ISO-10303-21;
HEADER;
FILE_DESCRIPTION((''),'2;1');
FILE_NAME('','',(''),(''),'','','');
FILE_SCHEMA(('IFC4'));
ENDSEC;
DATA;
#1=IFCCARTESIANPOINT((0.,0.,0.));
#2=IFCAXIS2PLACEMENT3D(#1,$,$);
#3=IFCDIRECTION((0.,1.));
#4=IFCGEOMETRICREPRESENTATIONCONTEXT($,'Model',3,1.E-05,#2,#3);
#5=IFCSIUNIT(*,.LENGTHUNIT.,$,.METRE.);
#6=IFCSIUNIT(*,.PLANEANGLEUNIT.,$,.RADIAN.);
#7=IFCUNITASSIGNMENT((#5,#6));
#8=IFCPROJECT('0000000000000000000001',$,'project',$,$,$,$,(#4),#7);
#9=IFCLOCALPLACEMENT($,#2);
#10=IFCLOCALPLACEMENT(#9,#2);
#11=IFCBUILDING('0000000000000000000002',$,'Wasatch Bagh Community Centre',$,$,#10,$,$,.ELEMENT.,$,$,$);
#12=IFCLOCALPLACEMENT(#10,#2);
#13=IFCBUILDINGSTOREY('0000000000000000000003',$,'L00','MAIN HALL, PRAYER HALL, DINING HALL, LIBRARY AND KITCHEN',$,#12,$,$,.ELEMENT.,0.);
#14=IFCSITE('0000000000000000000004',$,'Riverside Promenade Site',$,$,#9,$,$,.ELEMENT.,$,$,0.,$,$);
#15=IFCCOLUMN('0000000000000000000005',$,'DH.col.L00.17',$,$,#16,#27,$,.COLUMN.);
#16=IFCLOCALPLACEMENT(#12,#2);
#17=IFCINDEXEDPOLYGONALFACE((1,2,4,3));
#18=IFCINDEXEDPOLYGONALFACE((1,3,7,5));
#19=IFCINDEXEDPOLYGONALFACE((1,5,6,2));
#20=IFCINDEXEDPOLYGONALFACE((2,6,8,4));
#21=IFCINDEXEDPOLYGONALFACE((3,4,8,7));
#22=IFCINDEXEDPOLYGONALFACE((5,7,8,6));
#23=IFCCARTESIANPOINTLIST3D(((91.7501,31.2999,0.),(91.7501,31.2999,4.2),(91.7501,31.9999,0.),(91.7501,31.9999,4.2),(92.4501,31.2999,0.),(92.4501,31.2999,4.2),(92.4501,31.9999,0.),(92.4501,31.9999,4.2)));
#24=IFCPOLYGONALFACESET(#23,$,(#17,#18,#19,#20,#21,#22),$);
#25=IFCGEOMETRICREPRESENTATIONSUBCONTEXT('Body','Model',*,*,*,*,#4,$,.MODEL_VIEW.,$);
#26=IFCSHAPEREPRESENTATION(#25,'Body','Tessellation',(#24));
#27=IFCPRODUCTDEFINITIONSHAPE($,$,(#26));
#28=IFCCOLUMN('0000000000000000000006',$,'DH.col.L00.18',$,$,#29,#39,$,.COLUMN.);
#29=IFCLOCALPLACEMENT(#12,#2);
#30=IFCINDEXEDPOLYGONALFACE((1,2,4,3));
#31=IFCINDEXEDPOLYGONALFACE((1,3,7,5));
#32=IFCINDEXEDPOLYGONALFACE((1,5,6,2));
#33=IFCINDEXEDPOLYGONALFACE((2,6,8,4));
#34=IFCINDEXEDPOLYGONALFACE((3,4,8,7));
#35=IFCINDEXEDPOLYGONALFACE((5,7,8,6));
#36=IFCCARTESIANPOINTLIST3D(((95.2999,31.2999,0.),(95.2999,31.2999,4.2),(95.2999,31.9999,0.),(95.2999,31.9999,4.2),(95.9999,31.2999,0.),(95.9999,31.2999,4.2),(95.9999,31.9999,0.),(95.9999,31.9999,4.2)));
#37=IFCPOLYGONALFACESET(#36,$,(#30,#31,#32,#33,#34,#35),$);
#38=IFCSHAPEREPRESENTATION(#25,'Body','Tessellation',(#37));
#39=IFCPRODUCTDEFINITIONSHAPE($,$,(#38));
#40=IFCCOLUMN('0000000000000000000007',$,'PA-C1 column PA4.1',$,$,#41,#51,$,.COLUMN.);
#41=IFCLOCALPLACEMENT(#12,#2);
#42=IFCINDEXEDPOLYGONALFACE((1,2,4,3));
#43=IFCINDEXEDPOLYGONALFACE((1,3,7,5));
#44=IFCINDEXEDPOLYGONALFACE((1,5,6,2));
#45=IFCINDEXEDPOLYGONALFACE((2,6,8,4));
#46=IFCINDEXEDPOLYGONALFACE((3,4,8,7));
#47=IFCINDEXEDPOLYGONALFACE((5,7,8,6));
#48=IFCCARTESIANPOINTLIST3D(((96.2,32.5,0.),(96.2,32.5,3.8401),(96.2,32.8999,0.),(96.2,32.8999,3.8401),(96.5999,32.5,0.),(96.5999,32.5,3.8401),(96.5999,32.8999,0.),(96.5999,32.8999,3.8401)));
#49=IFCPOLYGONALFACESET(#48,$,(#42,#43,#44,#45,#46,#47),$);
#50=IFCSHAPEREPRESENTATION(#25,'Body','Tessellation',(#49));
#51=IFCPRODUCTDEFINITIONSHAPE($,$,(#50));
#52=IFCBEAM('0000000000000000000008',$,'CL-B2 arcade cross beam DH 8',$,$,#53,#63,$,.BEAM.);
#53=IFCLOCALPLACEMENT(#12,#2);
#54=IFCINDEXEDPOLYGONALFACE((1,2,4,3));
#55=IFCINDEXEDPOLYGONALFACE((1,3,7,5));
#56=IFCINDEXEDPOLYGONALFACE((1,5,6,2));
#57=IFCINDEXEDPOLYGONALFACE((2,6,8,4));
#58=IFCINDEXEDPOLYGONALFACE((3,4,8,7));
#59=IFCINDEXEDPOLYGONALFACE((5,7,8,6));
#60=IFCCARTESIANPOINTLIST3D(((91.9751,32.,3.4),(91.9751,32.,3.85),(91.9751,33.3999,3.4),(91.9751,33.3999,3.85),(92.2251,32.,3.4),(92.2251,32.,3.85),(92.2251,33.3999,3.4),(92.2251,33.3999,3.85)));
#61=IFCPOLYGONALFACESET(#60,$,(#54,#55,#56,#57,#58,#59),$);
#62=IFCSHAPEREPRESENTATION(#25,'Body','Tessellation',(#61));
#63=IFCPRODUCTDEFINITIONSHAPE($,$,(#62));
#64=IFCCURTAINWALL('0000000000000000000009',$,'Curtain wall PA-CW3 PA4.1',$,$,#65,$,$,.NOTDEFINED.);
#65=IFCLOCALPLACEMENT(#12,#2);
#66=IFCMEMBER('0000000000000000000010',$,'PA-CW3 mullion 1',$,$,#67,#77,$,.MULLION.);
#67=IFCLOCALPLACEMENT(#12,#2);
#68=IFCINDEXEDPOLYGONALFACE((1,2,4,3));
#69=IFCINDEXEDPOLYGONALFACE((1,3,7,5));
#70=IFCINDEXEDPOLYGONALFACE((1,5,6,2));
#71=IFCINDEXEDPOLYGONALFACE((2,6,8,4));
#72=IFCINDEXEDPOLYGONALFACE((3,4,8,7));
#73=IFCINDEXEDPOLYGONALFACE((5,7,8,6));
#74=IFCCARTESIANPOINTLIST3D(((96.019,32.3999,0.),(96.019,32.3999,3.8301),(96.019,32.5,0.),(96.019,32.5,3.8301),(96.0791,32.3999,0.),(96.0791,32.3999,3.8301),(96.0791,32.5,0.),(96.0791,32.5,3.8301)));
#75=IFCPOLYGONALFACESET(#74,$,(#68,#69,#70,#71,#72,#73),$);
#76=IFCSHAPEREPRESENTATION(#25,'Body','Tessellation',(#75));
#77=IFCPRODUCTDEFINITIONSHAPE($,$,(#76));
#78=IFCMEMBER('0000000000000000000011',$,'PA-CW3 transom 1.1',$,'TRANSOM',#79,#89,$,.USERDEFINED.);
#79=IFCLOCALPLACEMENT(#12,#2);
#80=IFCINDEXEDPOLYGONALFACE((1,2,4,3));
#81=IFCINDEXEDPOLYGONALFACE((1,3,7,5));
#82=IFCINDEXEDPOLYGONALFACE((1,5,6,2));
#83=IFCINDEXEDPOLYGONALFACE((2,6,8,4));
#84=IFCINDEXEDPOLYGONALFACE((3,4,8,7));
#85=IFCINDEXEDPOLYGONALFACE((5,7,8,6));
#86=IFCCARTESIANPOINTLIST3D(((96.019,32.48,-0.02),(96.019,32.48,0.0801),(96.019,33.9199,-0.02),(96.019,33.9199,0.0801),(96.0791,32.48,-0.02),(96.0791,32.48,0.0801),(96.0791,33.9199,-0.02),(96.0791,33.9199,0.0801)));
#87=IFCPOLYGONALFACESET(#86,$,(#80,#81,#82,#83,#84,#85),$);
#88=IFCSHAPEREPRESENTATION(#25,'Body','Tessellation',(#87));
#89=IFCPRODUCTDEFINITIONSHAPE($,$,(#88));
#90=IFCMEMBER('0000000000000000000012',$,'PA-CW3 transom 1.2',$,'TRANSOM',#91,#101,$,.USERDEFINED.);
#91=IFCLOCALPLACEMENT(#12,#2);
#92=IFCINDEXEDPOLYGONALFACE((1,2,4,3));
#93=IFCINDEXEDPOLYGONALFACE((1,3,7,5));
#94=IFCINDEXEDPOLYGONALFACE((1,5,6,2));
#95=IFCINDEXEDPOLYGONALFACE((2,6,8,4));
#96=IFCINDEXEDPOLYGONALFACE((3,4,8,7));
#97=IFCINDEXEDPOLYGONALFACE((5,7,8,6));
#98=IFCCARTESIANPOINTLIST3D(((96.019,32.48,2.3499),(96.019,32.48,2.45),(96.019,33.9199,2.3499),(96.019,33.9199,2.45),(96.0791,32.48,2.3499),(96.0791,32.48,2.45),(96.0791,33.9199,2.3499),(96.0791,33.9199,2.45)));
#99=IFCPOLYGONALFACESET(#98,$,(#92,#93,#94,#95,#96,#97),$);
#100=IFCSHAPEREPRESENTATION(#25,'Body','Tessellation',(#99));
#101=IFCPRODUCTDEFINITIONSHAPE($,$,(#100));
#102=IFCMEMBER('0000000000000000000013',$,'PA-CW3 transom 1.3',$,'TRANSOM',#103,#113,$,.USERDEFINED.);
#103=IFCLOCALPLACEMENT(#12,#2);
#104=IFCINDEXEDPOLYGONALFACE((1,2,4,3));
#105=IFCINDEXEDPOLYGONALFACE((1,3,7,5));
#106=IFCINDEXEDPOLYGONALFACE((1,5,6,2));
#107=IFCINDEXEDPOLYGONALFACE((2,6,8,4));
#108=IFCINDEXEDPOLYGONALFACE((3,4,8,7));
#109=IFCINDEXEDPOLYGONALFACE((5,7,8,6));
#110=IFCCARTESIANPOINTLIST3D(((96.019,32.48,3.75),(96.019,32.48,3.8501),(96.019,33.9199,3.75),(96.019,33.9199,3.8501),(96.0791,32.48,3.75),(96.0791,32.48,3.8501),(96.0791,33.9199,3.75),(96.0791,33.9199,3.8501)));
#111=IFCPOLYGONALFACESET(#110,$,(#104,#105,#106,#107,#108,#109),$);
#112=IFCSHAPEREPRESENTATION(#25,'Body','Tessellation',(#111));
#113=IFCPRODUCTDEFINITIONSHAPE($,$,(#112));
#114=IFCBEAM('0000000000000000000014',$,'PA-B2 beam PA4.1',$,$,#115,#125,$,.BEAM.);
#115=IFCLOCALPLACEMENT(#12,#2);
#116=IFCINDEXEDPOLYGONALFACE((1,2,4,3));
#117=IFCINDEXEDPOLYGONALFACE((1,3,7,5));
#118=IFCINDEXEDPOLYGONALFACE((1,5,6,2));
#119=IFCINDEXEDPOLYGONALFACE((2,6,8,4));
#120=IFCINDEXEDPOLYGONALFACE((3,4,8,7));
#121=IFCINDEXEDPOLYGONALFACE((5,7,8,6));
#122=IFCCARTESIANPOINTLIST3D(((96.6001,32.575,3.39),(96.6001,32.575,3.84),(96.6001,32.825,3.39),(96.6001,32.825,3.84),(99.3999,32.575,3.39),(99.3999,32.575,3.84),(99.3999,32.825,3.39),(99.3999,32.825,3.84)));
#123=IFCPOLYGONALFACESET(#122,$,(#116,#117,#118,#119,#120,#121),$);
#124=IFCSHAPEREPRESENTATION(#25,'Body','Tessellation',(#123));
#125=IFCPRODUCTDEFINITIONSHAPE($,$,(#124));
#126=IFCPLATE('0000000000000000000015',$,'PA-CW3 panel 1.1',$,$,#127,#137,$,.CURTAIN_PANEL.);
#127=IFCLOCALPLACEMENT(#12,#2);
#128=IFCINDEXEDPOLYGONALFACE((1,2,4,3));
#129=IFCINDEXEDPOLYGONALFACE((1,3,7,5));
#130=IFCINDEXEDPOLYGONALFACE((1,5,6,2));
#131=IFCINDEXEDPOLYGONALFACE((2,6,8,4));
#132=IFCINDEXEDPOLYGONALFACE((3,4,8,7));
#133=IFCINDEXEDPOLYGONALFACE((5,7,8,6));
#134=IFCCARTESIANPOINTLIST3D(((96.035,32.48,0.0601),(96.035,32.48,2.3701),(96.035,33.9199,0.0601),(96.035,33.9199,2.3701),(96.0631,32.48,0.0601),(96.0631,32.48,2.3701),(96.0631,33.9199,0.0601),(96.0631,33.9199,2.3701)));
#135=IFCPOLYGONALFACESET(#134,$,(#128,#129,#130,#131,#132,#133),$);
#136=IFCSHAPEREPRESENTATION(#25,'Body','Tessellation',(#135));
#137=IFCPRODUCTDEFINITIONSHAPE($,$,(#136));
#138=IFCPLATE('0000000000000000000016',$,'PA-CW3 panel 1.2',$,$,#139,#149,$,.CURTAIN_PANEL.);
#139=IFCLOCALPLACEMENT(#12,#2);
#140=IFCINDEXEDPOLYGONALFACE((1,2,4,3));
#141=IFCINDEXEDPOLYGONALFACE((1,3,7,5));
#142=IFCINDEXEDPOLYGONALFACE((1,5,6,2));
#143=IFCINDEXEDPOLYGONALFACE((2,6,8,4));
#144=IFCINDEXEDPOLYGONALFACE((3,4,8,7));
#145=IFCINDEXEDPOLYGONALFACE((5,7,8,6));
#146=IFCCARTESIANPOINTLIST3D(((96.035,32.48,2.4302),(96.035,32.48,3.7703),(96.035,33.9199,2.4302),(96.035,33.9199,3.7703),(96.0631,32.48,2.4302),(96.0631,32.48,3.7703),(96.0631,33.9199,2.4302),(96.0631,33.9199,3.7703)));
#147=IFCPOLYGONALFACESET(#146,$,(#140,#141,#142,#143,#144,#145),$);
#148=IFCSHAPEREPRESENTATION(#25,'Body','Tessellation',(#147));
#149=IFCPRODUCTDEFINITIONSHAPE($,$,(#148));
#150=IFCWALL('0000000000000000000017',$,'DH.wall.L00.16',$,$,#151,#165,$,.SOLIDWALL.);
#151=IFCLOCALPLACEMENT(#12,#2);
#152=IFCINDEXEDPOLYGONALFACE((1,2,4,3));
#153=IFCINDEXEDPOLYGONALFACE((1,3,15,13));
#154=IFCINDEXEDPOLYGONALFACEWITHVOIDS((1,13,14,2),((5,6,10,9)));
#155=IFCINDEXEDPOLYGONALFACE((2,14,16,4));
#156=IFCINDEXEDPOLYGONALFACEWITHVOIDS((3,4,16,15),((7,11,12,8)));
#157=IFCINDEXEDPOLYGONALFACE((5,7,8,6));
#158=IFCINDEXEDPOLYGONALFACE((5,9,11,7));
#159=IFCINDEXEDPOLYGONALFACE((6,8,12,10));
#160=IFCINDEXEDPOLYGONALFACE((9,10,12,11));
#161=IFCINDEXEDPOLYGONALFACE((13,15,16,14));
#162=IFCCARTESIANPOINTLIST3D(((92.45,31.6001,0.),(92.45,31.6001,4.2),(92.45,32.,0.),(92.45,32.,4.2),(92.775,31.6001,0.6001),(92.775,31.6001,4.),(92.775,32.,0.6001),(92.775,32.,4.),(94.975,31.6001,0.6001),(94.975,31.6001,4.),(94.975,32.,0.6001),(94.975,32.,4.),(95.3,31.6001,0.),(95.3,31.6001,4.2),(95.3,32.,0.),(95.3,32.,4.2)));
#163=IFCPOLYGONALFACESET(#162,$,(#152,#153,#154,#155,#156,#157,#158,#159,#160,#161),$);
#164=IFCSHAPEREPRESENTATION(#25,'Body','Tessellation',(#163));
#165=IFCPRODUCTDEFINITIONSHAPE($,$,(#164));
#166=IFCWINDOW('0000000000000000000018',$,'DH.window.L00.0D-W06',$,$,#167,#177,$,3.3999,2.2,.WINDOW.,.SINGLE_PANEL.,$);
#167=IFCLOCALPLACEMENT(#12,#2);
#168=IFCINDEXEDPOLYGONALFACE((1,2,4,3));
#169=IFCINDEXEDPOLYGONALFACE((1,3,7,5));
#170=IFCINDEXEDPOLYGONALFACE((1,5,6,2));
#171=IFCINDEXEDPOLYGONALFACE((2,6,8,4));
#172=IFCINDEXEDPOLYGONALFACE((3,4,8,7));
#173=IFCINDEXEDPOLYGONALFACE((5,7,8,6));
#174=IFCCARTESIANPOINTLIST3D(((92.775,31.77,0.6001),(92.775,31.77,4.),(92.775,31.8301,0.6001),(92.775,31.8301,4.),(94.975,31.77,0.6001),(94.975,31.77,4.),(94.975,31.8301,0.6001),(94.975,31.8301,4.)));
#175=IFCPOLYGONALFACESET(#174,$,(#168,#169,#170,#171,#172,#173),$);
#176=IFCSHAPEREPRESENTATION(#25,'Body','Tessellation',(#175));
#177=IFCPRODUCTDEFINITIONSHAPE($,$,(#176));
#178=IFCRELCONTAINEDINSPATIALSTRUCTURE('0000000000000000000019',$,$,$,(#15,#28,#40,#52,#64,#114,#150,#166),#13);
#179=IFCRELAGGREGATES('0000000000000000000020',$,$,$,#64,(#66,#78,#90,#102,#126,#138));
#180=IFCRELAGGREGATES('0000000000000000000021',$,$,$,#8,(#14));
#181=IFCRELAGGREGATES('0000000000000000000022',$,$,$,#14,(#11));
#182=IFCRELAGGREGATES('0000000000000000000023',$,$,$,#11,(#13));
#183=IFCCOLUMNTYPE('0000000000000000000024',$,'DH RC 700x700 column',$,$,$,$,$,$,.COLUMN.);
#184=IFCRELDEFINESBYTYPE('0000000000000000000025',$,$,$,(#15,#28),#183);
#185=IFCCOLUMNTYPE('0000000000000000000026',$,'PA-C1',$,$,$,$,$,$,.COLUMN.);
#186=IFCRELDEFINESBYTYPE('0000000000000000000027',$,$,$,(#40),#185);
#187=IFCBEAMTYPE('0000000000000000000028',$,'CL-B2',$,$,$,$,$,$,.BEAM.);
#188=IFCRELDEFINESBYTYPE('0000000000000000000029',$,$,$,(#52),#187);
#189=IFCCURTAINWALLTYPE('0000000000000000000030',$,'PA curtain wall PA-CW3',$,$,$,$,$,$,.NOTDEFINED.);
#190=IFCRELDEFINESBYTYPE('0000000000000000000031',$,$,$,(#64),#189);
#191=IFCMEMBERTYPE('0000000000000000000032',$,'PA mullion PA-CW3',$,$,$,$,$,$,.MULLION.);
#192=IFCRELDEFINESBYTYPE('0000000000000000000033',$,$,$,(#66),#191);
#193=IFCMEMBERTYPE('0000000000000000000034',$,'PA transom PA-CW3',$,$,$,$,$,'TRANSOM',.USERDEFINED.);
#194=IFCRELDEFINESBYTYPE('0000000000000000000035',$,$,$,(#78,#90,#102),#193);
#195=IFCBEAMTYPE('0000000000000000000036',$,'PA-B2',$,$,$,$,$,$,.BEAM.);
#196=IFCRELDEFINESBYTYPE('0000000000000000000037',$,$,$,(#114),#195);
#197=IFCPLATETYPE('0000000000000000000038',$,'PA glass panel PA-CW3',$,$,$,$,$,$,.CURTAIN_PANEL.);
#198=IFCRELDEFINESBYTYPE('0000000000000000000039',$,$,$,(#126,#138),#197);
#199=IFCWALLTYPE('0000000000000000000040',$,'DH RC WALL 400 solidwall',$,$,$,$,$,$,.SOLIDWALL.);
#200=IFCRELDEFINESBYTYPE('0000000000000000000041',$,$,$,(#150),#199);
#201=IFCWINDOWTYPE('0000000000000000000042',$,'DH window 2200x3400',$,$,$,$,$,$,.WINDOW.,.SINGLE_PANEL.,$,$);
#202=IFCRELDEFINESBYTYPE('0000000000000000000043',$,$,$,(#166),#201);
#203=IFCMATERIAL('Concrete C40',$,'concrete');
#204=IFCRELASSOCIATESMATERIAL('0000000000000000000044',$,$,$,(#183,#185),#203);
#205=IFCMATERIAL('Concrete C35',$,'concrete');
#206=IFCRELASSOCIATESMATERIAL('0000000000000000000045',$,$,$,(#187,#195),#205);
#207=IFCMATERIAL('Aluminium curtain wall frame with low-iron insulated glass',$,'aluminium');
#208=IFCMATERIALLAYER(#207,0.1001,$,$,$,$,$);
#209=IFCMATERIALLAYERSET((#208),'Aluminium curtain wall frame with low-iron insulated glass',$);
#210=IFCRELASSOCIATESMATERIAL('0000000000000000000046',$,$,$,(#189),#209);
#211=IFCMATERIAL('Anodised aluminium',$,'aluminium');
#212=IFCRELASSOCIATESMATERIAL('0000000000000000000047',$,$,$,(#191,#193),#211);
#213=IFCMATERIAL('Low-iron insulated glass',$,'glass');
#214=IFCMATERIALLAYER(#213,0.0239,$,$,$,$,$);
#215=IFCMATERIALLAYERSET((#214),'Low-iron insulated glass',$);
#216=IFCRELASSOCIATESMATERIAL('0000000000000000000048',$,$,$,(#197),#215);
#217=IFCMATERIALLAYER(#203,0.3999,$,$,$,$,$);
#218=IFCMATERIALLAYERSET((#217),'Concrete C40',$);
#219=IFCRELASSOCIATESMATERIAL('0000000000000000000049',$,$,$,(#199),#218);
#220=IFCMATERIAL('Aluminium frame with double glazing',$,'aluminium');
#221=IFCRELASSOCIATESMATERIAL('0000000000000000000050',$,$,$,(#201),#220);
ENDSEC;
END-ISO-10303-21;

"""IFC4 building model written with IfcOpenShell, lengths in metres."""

from ifc_helpers import new_model, si_unit, direction, frame, frame_2d, origin, origin_2d, place, context, subcontext, project, spatial, rectangle, extrude, material, layer, layer_set, material_profile, profile_set, type_object, element, fill, aggregate, save


model = new_model("IFC4")

# Units and contexts
model_context = context("Model", 3, precision=1e-05, world=origin(), true_north=direction((0.0, 1.0)))
body_context = subcontext(model_context, "Body", "Model", "MODEL_VIEW")
ifc_project = project(units=[si_unit("LENGTHUNIT", "METRE"), si_unit("PLANEANGLEUNIT", "RADIAN")], contexts=[model_context])

# Site, building, storey
site_placement = place(None, origin())
site = spatial("IfcSite", under=ifc_project, at=site_placement, Name="Riverside Promenade Site", CompositionType="ELEMENT", RefElevation=0.0)
building_placement = place(site_placement, origin())
building = spatial("IfcBuilding", under=site, at=building_placement, Name="Wasatch Bagh Community Centre", CompositionType="ELEMENT")
storey_placement = place(building_placement, origin())
storey = spatial("IfcBuildingStorey", under=building, at=storey_placement, Name="L00", Description="MAIN HALL, PRAYER HALL, DINING HALL, LIBRARY AND KITCHEN", CompositionType="ELEMENT", Elevation=0.0)

# Shared definitions
ifc_material_1 = material(Name="Concrete C35", Category="concrete")

# Columns
ifc_material_2 = material(Name="Concrete C40", Category="concrete")
ifc_material_profile_1 = material_profile(ifc_material_2, rectangle(XDim=0.7, YDim=0.7, at=origin_2d()), Name="RC 700x700")
ifc_profile_set_1 = profile_set([ifc_material_profile_1], Name="Concrete C40")
column_type_1 = type_object("IfcColumnType", Name="DH RC 700x700 column", PredefinedType="COLUMN", material=ifc_profile_set_1)
for number, where, z_axis, x_axis, name in (
    (1, (92.1001, 31.6499, 0.0), (0.0, 0.0, 1.0), (1.0, 0.0, 0.0), "DH.col.L00.17"),
    (2, (95.6499, 31.6499, 0.0), (0.0, 0.0, 1.0), (1.0, 0.0, 0.0), "DH.col.L00.18"),
):
    element("IfcColumn", number, at=place(storey_placement, frame(where, z_axis=z_axis, x_axis=x_axis)), inside=storey, type_object=column_type_1, Name=name, PredefinedType="COLUMN", context=body_context, shape_type="SweptSolid", body=[
        extrude(rectangle(XDim=0.7, YDim=0.7, at=origin_2d()), origin(), (0.0, 0.0, 1.0), 4.2),
    ])
ifc_material_profile_2 = material_profile(ifc_material_2, rectangle(XDim=0.3999, YDim=0.3999, at=origin_2d()), Name="RC 400x400")
ifc_profile_set_2 = profile_set([ifc_material_profile_2], Name="Concrete C40")
column_type_2 = type_object("IfcColumnType", Name="PA-C1", PredefinedType="COLUMN", material=ifc_profile_set_2)
column_placement = place(storey_placement, frame((96.3999, 32.7, 0.0), z_axis=(0.0, 0.0, 1.0), x_axis=(1.0, 0.0, 0.0)))
element("IfcColumn", 3, at=column_placement, inside=storey, type_object=column_type_2, Name="PA-C1 column PA4.1", PredefinedType="COLUMN", context=body_context, shape_type="SweptSolid", body=[
    extrude(rectangle(XDim=0.3999, YDim=0.3999, at=origin_2d()), origin(), (0.0, 0.0, 1.0), 3.8401),
])

# Beam
ifc_material_profile_3 = material_profile(ifc_material_1, rectangle(XDim=0.25, YDim=0.45, at=origin_2d()), Name="RC 250x450")
ifc_profile_set_3 = profile_set([ifc_material_profile_3], Name="Concrete C35")
beam_type_1 = type_object("IfcBeamType", Name="CL-B2", PredefinedType="BEAM", material=ifc_profile_set_3)
beam_1_placement = place(storey_placement, frame((92.1001, 32.0, 3.625), z_axis=(0.0, 1.0, 0.0), x_axis=(-1.0, 0.0, 0.0)))
element("IfcBeam", 4, at=beam_1_placement, inside=storey, type_object=beam_type_1, Name="CL-B2 arcade cross beam DH 8", PredefinedType="BEAM", context=body_context, shape_type="SweptSolid", body=[
    extrude(rectangle(XDim=0.25, YDim=0.45, at=origin_2d()), origin(), (0.0, 0.0, 1.0), 1.3999),
])

# Curtain wall, members
ifc_material_3 = material(Name="Aluminium curtain wall frame with low-iron insulated glass", Category="aluminium")
ifc_layer_1 = layer(ifc_material_3, 0.1001)
ifc_layer_set_1 = layer_set([ifc_layer_1], Name="Aluminium curtain wall frame with low-iron insulated glass")
curtain_wall_type = type_object("IfcCurtainWallType", Name="PA curtain wall PA-CW3", PredefinedType="NOTDEFINED", material=ifc_layer_set_1)
curtain_wall_placement = place(storey_placement, origin())
curtain_wall = element("IfcCurtainWall", 5, at=curtain_wall_placement, inside=storey, type_object=curtain_wall_type, Name="Curtain wall PA-CW3 PA4.1", PredefinedType="NOTDEFINED")
ifc_material_4 = material(Name="Anodised aluminium", Category="aluminium")
ifc_material_profile_4 = material_profile(ifc_material_4, rectangle(XDim=0.0601, YDim=0.1001, at=origin_2d()), Name="PA mullion PA-CW3")
ifc_profile_set_4 = profile_set([ifc_material_profile_4], Name="Anodised aluminium")
member_type_1 = type_object("IfcMemberType", Name="PA mullion PA-CW3", PredefinedType="MULLION", material=ifc_profile_set_4)
member_1_placement = place(storey_placement, frame((96.0491, 32.45, 0.0), z_axis=(0.0, 0.0, 1.0), x_axis=(-1.0, 0.0, 0.0)))
member_1 = element("IfcMember", 6, at=member_1_placement, type_object=member_type_1, Name="PA-CW3 mullion 1", PredefinedType="MULLION", context=body_context, shape_type="SweptSolid", body=[
    extrude(rectangle(XDim=0.0601, YDim=0.1001, at=origin_2d()), origin(), (0.0, 0.0, 1.0), 3.8301),
])
ifc_material_profile_5 = material_profile(ifc_material_4, rectangle(XDim=0.0601, YDim=0.1001, at=origin_2d()), Name="PA transom PA-CW3")
ifc_profile_set_5 = profile_set([ifc_material_profile_5], Name="Anodised aluminium")
member_type_2 = type_object("IfcMemberType", Name="PA transom PA-CW3", ElementType="TRANSOM", PredefinedType="USERDEFINED", material=ifc_profile_set_5)
member_2_placement = place(storey_placement, frame((96.0491, 32.48, 0.03), z_axis=(0.0, 1.0, 0.0), x_axis=(-1.0, 0.0, 0.0)))
member_2 = element("IfcMember", 7, at=member_2_placement, type_object=member_type_2, Name="PA-CW3 transom 1.1", ObjectType="TRANSOM", PredefinedType="USERDEFINED", context=body_context, shape_type="SweptSolid", body=[
    extrude(rectangle(XDim=0.0601, YDim=0.1001, at=origin_2d()), origin(), (0.0, 0.0, 1.0), 1.4399),
])
member_3_placement = place(storey_placement, frame((96.0491, 32.48, 2.3999), z_axis=(0.0, 1.0, 0.0), x_axis=(-1.0, 0.0, 0.0)))
member_3 = element("IfcMember", 8, at=member_3_placement, type_object=member_type_2, Name="PA-CW3 transom 1.2", ObjectType="TRANSOM", PredefinedType="USERDEFINED", context=body_context, shape_type="SweptSolid", body=[
    extrude(rectangle(XDim=0.0601, YDim=0.1001, at=origin_2d()), origin(), (0.0, 0.0, 1.0), 1.4399),
])
member_4_placement = place(storey_placement, frame((96.0491, 32.48, 3.8), z_axis=(0.0, 1.0, 0.0), x_axis=(-1.0, 0.0, 0.0)))
member_4 = element("IfcMember", 9, at=member_4_placement, type_object=member_type_2, Name="PA-CW3 transom 1.3", ObjectType="TRANSOM", PredefinedType="USERDEFINED", context=body_context, shape_type="SweptSolid", body=[
    extrude(rectangle(XDim=0.0601, YDim=0.1001, at=origin_2d()), origin(), (0.0, 0.0, 1.0), 1.4399),
])

# Beam
ifc_material_profile_6 = material_profile(ifc_material_1, rectangle(XDim=0.25, YDim=0.45, at=origin_2d()), Name="RC 250x450")
ifc_profile_set_6 = profile_set([ifc_material_profile_6], Name="Concrete C35")
beam_type_2 = type_object("IfcBeamType", Name="PA-B2", PredefinedType="BEAM", material=ifc_profile_set_6)
beam_2_placement = place(storey_placement, frame((96.6001, 32.7, 3.615), z_axis=(1.0, 0.0, 0.0), x_axis=(0.0, 1.0, 0.0)))
element("IfcBeam", 10, at=beam_2_placement, inside=storey, type_object=beam_type_2, Name="PA-B2 beam PA4.1", PredefinedType="BEAM", context=body_context, shape_type="SweptSolid", body=[
    extrude(rectangle(XDim=0.25, YDim=0.45, at=origin_2d()), origin(), (0.0, 0.0, 1.0), 2.7998),
])

# Plates
ifc_material_5 = material(Name="Low-iron insulated glass", Category="glass")
ifc_layer_2 = layer(ifc_material_5, 0.0239)
ifc_layer_set_2 = layer_set([ifc_layer_2], Name="Low-iron insulated glass")
plate_type = type_object("IfcPlateType", Name="PA glass panel PA-CW3", PredefinedType="CURTAIN_PANEL", material=ifc_layer_set_2)
plate_1_placement = place(storey_placement, frame((96.0491, 33.2, 0.0601), z_axis=(0.0, 0.0, 1.0), x_axis=(0.0, 1.0, 0.0)))
plate_1 = element("IfcPlate", 11, at=plate_1_placement, type_object=plate_type, Name="PA-CW3 panel 1.1", PredefinedType="CURTAIN_PANEL", context=body_context, shape_type="SweptSolid", body=[
    extrude(rectangle(XDim=1.4399, YDim=0.0281, at=origin_2d()), origin(), (0.0, 0.0, 1.0), 2.3101),
])
plate_2_placement = place(storey_placement, frame((96.0491, 33.2, 2.4302), z_axis=(0.0, 0.0, 1.0), x_axis=(0.0, 1.0, 0.0)))
plate_2 = element("IfcPlate", 12, at=plate_2_placement, type_object=plate_type, Name="PA-CW3 panel 1.2", PredefinedType="CURTAIN_PANEL", context=body_context, shape_type="SweptSolid", body=[
    extrude(rectangle(XDim=1.4399, YDim=0.0281, at=origin_2d()), origin(), (0.0, 0.0, 1.0), 1.3401),
])
aggregate(curtain_wall, [member_1, member_2, member_3, member_4, plate_1, plate_2])

# Wall, opening, window
ifc_layer_3 = layer(ifc_material_2, 0.3999)
ifc_layer_set_3 = layer_set([ifc_layer_3], Name="Concrete C40")
wall_type_1 = type_object("IfcWallType", Name="DH RC WALL 400 solidwall", PredefinedType="SOLIDWALL", material=ifc_layer_set_3)
wall_1_placement = place(storey_placement, frame((92.45, 31.8, 0.0), z_axis=(0.0, 0.0, 1.0), x_axis=(1.0, 0.0, 0.0)))
wall_1 = element("IfcWall", 13, at=wall_1_placement, inside=storey, type_object=wall_type_1, Name="DH.wall.L00.16", PredefinedType="SOLIDWALL", context=body_context, shape_type="SweptSolid", body=[
    extrude(rectangle(XDim=2.8501, YDim=0.3999, at=frame_2d((1.425, 0.0))), origin(), (0.0, 0.0, 1.0), 4.2),
])
opening_placement = place(wall_1_placement, frame((0.325, 0.0, 0.6001)))
opening = element("IfcOpeningElement", 14, at=opening_placement, cuts=wall_1, PredefinedType="OPENING", context=body_context, shape_type="SweptSolid", body=[
    extrude(rectangle(XDim=2.2, YDim=3.3999, at=frame_2d((1.1001, 1.7))), frame((0.0, 0.21, 0.0), z_axis=(0.0, -1.0, 0.0), x_axis=(1.0, 0.0, 0.0)), (0.0, 0.0, 1.0), 0.4199),
])
ifc_material_6 = material(Name="Aluminium frame with double glazing", Category="aluminium")
window_type = type_object("IfcWindowType", Name="DH window 2200x3400", PartitioningType="SINGLE_PANEL", PredefinedType="WINDOW", material=ifc_material_6)
window_placement = place(opening_placement, origin())
window = element("IfcWindow", 15, at=window_placement, inside=storey, type_object=window_type, Name="DH.window.L00.0D-W06", OverallHeight=3.3999, OverallWidth=2.2, PartitioningType="SINGLE_PANEL", PredefinedType="WINDOW", context=body_context, shape_type="SweptSolid", body=[
    extrude(rectangle(XDim=2.2, YDim=3.3999, at=frame_2d((1.1001, 1.7))), frame((0.0, 0.03, 0.0), z_axis=(0.0, -1.0, 0.0), x_axis=(1.0, 0.0, 0.0)), (0.0, 0.0, 1.0), 0.0601),
])
fill(opening, window)

save(model, "model.ifc")
